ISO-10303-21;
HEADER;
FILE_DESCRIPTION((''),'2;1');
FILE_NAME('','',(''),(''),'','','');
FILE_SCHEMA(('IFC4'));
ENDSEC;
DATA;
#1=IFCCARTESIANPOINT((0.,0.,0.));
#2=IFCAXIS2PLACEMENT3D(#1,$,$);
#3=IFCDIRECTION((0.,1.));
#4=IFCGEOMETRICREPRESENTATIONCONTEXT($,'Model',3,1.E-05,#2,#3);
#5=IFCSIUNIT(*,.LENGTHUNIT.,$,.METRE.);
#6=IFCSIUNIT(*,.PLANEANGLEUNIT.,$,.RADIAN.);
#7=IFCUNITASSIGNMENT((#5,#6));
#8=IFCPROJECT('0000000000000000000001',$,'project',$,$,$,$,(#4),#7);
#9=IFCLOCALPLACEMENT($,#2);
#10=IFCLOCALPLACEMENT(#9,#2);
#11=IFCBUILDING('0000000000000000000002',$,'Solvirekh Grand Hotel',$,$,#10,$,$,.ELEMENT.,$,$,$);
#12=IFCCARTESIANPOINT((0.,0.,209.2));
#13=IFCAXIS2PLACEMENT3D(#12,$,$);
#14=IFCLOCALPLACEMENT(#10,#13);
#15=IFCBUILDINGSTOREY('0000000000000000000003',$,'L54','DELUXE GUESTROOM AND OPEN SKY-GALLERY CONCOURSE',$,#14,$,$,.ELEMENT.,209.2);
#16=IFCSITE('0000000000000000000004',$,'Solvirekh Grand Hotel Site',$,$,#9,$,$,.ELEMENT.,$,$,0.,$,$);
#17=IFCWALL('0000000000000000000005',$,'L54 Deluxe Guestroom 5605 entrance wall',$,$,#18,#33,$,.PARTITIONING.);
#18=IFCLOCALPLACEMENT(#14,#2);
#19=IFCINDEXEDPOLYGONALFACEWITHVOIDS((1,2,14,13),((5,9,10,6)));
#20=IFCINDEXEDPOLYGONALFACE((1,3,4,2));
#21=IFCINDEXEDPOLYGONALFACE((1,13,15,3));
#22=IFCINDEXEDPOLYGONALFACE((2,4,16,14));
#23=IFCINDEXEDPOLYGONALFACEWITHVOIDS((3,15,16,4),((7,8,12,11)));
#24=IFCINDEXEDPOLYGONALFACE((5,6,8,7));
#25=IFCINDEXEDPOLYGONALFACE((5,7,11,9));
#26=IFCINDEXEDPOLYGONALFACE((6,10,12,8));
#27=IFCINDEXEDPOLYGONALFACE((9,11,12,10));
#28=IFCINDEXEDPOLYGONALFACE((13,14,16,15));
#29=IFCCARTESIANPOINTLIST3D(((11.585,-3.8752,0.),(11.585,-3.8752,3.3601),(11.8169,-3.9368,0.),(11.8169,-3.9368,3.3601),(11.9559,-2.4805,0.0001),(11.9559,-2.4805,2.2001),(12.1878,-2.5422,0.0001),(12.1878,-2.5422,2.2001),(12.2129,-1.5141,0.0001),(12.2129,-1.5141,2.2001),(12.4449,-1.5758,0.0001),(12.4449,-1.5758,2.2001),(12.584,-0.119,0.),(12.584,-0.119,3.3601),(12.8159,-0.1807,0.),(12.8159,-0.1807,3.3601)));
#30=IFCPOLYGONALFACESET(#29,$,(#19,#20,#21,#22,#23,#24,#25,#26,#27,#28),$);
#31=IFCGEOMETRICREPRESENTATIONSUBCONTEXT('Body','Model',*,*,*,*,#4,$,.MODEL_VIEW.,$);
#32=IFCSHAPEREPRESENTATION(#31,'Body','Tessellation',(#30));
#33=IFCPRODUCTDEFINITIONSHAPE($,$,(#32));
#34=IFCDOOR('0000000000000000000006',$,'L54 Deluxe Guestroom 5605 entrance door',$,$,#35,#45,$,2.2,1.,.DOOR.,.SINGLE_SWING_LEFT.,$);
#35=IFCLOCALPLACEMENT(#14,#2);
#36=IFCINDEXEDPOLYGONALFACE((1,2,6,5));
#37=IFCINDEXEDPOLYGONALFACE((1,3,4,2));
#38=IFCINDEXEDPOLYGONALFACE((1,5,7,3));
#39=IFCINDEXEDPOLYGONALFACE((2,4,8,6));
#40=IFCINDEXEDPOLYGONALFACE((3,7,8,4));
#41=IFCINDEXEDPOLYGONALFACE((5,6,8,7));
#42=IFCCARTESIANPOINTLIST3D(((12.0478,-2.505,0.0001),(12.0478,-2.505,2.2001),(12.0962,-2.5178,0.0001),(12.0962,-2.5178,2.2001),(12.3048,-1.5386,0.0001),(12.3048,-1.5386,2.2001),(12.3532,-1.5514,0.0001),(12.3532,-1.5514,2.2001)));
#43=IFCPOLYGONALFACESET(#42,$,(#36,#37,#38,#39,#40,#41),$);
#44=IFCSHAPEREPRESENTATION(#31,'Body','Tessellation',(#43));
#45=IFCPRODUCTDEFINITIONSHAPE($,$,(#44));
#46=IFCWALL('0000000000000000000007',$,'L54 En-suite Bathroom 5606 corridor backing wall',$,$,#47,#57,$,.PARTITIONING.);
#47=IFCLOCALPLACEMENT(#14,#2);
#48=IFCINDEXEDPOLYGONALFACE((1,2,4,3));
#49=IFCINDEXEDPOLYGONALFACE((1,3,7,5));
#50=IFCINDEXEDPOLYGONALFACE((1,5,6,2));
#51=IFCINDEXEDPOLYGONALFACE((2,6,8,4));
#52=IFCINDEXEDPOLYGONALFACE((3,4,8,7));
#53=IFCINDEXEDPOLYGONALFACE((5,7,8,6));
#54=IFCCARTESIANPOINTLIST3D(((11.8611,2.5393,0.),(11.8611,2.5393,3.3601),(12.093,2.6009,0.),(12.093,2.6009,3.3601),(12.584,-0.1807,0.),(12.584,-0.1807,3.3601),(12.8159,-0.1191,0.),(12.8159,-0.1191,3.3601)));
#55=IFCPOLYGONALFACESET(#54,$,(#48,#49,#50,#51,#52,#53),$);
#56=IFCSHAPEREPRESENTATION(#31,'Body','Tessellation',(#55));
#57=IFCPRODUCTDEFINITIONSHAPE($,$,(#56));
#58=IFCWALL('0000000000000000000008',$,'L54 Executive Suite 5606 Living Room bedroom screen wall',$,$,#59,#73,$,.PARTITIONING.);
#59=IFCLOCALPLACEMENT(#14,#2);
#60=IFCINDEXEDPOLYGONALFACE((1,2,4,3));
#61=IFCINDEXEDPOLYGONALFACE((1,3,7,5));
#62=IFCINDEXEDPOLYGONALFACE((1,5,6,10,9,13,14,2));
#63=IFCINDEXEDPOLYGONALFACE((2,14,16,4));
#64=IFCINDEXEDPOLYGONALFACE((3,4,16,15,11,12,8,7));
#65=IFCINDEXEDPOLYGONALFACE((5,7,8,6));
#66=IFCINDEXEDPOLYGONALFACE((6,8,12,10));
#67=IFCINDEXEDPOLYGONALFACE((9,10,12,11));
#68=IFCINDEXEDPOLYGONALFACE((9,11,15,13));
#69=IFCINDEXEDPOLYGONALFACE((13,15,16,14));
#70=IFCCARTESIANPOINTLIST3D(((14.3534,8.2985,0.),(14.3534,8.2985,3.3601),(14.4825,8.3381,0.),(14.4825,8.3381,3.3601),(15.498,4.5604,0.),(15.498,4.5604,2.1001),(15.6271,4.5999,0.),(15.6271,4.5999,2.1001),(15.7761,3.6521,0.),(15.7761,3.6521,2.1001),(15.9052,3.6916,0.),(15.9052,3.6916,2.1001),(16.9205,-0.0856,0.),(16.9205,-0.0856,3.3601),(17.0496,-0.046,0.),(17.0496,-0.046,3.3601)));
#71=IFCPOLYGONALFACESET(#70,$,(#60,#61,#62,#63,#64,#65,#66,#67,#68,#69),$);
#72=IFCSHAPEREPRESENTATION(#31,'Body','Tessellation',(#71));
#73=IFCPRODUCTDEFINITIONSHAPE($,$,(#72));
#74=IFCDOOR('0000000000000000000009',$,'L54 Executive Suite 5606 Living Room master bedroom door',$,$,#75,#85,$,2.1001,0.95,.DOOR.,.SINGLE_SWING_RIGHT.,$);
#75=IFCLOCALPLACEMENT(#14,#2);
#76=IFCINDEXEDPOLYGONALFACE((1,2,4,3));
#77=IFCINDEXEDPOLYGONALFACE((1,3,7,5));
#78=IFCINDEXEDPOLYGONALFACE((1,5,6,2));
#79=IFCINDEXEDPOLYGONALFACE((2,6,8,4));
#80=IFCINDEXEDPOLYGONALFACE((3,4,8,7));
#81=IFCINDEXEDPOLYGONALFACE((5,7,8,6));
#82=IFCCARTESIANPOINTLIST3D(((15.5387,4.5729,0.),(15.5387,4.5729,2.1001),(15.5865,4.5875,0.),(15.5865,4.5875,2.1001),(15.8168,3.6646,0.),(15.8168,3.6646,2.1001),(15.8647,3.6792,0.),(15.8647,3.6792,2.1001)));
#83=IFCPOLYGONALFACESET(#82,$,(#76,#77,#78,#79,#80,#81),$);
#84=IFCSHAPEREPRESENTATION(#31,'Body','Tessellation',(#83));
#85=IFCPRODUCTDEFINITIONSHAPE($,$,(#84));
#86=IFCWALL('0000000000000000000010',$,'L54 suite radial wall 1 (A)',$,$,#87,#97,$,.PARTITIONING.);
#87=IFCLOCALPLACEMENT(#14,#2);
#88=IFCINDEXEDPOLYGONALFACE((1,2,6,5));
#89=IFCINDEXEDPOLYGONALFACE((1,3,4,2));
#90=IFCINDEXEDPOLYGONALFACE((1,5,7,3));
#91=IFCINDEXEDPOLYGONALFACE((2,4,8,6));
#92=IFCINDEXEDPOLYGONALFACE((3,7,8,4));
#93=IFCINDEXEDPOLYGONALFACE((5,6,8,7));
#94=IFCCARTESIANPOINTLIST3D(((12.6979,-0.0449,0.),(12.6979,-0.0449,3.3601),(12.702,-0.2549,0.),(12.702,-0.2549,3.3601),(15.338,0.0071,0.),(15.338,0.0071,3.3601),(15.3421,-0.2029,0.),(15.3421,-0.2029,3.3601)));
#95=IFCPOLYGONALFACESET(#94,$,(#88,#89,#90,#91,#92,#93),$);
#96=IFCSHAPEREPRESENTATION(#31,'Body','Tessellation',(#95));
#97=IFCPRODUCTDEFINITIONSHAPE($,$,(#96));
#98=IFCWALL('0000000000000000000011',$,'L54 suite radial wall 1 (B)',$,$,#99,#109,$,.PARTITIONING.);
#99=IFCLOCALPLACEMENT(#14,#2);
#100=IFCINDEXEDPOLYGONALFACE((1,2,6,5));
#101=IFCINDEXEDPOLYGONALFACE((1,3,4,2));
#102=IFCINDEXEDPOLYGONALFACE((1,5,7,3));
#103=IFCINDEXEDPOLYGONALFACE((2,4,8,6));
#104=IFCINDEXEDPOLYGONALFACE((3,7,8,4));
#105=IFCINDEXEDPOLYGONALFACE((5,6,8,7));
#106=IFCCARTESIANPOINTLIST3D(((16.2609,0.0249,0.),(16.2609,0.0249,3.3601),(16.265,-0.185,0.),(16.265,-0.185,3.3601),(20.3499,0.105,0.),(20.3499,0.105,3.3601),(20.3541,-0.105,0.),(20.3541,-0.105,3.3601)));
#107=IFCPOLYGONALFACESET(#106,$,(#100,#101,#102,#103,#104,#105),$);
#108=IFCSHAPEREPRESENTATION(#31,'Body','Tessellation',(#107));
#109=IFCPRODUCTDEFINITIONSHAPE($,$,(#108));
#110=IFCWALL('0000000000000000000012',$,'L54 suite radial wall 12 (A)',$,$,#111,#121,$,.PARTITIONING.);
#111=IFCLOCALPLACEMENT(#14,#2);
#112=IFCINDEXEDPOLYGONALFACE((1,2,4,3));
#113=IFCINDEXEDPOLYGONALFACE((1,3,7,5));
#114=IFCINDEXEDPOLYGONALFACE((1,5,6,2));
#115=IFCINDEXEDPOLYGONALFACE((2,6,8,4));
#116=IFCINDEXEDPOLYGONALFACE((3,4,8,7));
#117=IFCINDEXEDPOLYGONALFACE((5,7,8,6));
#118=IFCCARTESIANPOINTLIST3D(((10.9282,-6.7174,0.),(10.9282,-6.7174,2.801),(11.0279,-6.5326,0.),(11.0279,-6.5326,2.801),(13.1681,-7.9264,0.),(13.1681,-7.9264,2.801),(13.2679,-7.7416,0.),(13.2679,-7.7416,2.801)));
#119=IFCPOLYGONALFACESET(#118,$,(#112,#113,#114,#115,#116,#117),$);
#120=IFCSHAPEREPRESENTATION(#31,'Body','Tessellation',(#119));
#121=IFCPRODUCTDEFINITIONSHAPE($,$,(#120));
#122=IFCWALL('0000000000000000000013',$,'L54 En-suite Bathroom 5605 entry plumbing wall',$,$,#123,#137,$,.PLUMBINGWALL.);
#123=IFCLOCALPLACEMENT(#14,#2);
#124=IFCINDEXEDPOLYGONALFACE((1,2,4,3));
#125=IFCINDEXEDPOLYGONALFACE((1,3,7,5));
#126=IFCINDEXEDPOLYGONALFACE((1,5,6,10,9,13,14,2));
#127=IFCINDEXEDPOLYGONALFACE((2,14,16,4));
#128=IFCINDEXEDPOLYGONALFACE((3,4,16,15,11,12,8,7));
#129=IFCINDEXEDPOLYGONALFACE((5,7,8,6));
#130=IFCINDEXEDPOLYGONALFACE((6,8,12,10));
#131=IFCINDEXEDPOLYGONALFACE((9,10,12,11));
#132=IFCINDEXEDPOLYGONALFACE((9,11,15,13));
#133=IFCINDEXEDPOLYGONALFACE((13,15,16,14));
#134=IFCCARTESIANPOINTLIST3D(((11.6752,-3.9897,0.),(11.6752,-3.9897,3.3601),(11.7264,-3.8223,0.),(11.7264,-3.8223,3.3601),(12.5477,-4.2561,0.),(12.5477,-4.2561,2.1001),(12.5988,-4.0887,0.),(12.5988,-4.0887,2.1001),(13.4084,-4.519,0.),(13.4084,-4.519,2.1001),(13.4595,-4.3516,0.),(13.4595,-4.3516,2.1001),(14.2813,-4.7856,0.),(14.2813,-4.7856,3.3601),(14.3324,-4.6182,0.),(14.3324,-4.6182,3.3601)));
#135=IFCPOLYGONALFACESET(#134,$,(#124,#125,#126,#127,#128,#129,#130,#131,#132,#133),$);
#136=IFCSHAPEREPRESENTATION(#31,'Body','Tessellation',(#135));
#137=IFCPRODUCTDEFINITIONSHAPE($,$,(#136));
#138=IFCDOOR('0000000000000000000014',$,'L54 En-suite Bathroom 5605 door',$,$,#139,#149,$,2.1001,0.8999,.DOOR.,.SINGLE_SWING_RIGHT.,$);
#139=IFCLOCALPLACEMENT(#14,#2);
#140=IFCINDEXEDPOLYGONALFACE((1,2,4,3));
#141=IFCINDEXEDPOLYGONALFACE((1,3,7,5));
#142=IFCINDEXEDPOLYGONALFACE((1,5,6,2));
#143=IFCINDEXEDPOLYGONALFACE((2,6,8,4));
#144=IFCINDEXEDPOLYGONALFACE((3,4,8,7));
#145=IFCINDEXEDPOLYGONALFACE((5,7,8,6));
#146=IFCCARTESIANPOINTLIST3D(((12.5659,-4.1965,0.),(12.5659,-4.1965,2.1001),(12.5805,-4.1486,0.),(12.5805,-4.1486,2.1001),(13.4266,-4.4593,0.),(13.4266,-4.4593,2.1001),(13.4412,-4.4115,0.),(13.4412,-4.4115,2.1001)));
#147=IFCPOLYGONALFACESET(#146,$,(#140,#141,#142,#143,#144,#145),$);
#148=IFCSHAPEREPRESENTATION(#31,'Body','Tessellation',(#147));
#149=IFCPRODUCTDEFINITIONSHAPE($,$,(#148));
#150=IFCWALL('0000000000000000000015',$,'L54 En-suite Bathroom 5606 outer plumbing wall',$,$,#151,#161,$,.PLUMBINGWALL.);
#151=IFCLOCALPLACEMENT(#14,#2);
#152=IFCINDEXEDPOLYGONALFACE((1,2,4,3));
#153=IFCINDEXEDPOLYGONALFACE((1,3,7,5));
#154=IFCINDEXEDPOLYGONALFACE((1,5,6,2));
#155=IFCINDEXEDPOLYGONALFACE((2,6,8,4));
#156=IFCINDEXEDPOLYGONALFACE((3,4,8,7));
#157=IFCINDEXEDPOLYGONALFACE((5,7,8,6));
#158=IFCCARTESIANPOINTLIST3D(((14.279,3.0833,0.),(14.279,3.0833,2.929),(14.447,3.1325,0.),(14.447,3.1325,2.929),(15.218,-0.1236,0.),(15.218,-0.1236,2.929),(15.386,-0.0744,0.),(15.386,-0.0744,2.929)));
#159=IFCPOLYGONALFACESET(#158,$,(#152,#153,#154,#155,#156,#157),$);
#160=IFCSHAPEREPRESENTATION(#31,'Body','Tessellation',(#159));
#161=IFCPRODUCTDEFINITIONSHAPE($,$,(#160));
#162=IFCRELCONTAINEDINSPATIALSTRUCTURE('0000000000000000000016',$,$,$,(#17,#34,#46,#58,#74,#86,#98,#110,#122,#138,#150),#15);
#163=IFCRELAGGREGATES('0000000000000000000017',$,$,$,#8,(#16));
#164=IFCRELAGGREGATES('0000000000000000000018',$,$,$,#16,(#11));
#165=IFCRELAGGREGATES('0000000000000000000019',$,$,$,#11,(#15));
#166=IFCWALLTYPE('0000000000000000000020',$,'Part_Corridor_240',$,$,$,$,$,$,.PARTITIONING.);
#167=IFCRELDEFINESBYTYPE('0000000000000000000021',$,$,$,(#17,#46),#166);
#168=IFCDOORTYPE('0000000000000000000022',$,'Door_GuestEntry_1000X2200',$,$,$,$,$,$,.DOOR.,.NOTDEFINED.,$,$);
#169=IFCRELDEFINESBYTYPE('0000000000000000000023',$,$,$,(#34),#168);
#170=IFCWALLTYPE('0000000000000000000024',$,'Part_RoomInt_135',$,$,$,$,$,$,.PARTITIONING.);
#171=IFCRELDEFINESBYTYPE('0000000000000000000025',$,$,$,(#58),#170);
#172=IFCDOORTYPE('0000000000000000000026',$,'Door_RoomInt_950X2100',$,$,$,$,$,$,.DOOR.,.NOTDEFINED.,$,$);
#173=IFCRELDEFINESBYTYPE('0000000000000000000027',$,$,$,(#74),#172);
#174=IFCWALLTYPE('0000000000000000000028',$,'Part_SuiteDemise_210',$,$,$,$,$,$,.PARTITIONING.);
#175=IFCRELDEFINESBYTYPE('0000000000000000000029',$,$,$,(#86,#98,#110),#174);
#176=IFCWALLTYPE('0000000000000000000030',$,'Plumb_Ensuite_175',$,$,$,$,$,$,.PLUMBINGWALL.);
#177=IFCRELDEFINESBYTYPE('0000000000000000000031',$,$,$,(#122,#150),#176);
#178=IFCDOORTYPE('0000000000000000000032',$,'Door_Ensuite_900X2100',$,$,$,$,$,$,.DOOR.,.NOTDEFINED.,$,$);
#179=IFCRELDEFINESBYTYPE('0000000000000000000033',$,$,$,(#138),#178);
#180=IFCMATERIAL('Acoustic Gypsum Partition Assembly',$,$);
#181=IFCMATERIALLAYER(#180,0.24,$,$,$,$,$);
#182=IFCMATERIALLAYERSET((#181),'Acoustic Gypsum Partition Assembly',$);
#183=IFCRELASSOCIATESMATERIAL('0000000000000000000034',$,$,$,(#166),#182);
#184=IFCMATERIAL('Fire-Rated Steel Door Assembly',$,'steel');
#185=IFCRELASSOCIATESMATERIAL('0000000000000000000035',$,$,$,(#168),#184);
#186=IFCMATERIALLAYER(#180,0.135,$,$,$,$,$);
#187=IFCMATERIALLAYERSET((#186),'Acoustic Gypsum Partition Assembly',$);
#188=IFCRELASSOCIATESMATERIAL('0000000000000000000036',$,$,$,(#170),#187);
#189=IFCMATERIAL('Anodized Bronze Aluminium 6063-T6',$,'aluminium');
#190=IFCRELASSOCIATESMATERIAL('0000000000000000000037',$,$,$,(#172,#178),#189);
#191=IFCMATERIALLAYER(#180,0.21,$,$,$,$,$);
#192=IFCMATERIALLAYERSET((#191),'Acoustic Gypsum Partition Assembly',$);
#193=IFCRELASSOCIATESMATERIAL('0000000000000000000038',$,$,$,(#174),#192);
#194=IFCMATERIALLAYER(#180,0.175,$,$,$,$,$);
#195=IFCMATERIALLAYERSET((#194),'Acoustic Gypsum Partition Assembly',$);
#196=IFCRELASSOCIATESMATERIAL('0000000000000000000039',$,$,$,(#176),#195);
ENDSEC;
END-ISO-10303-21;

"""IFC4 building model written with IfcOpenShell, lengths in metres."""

from ifc_helpers import new_model, si_unit, direction, frame, frame_2d, origin, place, context, subcontext, project, spatial, rectangle, extrude, material, layer, layer_set, type_object, element, fill, save


model = new_model("IFC4")

# Units and contexts
model_context = context("Model", 3, precision=1e-05, world=origin(), true_north=direction((0.0, 1.0)))
body_context = subcontext(model_context, "Body", "Model", "MODEL_VIEW")
ifc_project = project(units=[si_unit("LENGTHUNIT", "METRE"), si_unit("PLANEANGLEUNIT", "RADIAN")], contexts=[model_context])

# Site, building, storey
site_placement = place(None, origin())
site = spatial("IfcSite", under=ifc_project, at=site_placement, Name="Solvirekh Grand Hotel Site", CompositionType="ELEMENT", RefElevation=0.0)
building_placement = place(site_placement, origin())
building = spatial("IfcBuilding", under=site, at=building_placement, Name="Solvirekh Grand Hotel", CompositionType="ELEMENT")
storey_placement = place(building_placement, frame((0.0, 0.0, 209.2)))
storey = spatial("IfcBuildingStorey", under=building, at=storey_placement, Name="L54", Description="DELUXE GUESTROOM AND OPEN SKY-GALLERY CONCOURSE", CompositionType="ELEMENT", Elevation=209.2)

# Shared definitions
ifc_material_1 = material(Name="Anodized Bronze Aluminium 6063-T6", Category="aluminium")

# Shared definitions
ifc_material_2 = material(Name="Acoustic Gypsum Partition Assembly")
ifc_layer_1 = layer(ifc_material_2, 0.24)
ifc_layer_set_1 = layer_set([ifc_layer_1], Name="Acoustic Gypsum Partition Assembly")
wall_type_1 = type_object("IfcWallType", Name="Part_Corridor_240", PredefinedType="PARTITIONING", material=ifc_layer_set_1)
ifc_material_3 = material(Name="Fire-Rated Steel Door Assembly", Category="steel")

# Wall, opening, door
wall_1_placement = place(storey_placement, frame((11.7009, -3.906, 0.0), z_axis=(0.0, 0.0, 1.0), x_axis=(0.257037, 0.966402, 0.0)))
wall_1 = element("IfcWall", 1, at=wall_1_placement, inside=storey, type_object=wall_type_1, Name="L54 Deluxe Guestroom 5605 entrance wall", PredefinedType="PARTITIONING", context=body_context, shape_type="SweptSolid", body=[
    extrude(rectangle(XDim=3.8867, YDim=0.24, at=frame_2d((1.9434, 0.0))), origin(), (0.0, 0.0, 1.0), 3.3601),
])
opening_1_placement = place(wall_1_placement, frame((1.4431, 0.0, 0.0)))
opening_1 = element("IfcOpeningElement", 2, at=opening_1_placement, cuts=wall_1, PredefinedType="OPENING", context=body_context, shape_type="SweptSolid", body=[
    extrude(rectangle(XDim=1.0, YDim=2.2, at=frame_2d((0.5, 1.1001))), frame((0.0, 0.1299, 0.0), z_axis=(0.0, -1.0, 0.0), x_axis=(1.0, 0.0, 0.0)), (0.0, 0.0, 1.0), 0.26),
])
door_type_1 = type_object("IfcDoorType", Name="Door_GuestEntry_1000X2200", OperationType="NOTDEFINED", PredefinedType="DOOR", material=ifc_material_3)
door_1_placement = place(opening_1_placement, origin())
door_1 = element("IfcDoor", 3, at=door_1_placement, inside=storey, type_object=door_type_1, Name="L54 Deluxe Guestroom 5605 entrance door", OperationType="SINGLE_SWING_LEFT", OverallHeight=2.2, OverallWidth=1.0, PredefinedType="DOOR", context=body_context, shape_type="SweptSolid", body=[
    extrude(rectangle(XDim=1.0, YDim=2.2, at=frame_2d((0.5, 1.1001))), frame((0.0, 0.0249, 0.0), z_axis=(0.0, -1.0, 0.0), x_axis=(1.0, 0.0, 0.0)), (0.0, 0.0, 1.0), 0.05),
])
fill(opening_1, door_1)

# Wall
wall_2_placement = place(storey_placement, frame((12.7, -0.1499, 0.0), z_axis=(0.0, 0.0, 1.0), x_axis=(-0.256858, 0.966449, 0.0)))
element("IfcWall", 4, at=wall_2_placement, inside=storey, type_object=wall_type_1, Name="L54 En-suite Bathroom 5606 corridor backing wall", PredefinedType="PARTITIONING", context=body_context, shape_type="SweptSolid", body=[
    extrude(rectangle(XDim=2.8145, YDim=0.24, at=frame_2d((1.4072, 0.0))), origin(), (0.0, 0.0, 1.0), 3.3601),
])

# Wall, opening, door
ifc_layer_2 = layer(ifc_material_2, 0.135)
ifc_layer_set_2 = layer_set([ifc_layer_2], Name="Acoustic Gypsum Partition Assembly")
wall_type_2 = type_object("IfcWallType", Name="Part_RoomInt_135", PredefinedType="PARTITIONING", material=ifc_layer_set_2)
wall_3_placement = place(storey_placement, frame((16.9851, -0.0659, 0.0), z_axis=(0.0, 0.0, 1.0), x_axis=(-0.292777, 0.956181, 0.0)))
wall_3 = element("IfcWall", 5, at=wall_3_placement, inside=storey, type_object=wall_type_2, Name="L54 Executive Suite 5606 Living Room bedroom screen wall", PredefinedType="PARTITIONING", context=body_context, shape_type="SweptSolid", body=[
    extrude(rectangle(XDim=8.7683, YDim=0.135, at=frame_2d((4.3843, 0.0))), origin(), (0.0, 0.0, 1.0), 3.3601),
])
opening_2_placement = place(wall_3_placement, frame((3.9089, 0.0, 0.0)))
opening_2 = element("IfcOpeningElement", 6, at=opening_2_placement, cuts=wall_3, PredefinedType="OPENING", context=body_context, shape_type="SweptSolid", body=[
    extrude(rectangle(XDim=0.95, YDim=2.1001, at=frame_2d((0.4751, 1.05))), frame((0.0, 0.0776, 0.0), z_axis=(0.0, -1.0, 0.0), x_axis=(1.0, 0.0, 0.0)), (0.0, 0.0, 1.0), 0.155),
])
door_type_2 = type_object("IfcDoorType", Name="Door_RoomInt_950X2100", OperationType="NOTDEFINED", PredefinedType="DOOR", material=ifc_material_1)
door_2_placement = place(opening_2_placement, origin())
door_2 = element("IfcDoor", 7, at=door_2_placement, inside=storey, type_object=door_type_2, Name="L54 Executive Suite 5606 Living Room master bedroom door", OperationType="SINGLE_SWING_RIGHT", OverallHeight=2.1001, OverallWidth=0.95, PredefinedType="DOOR", context=body_context, shape_type="SweptSolid", body=[
    extrude(rectangle(XDim=0.95, YDim=2.1001, at=frame_2d((0.4751, 1.05))), frame((0.0, 0.0249, 0.0), z_axis=(0.0, -1.0, 0.0), x_axis=(1.0, 0.0, 0.0)), (0.0, 0.0, 1.0), 0.05),
])
fill(opening_2, door_2)

# Walls
ifc_layer_3 = layer(ifc_material_2, 0.21)
ifc_layer_set_3 = layer_set([ifc_layer_3], Name="Acoustic Gypsum Partition Assembly")
wall_type_3 = type_object("IfcWallType", Name="Part_SuiteDemise_210", PredefinedType="PARTITIONING", material=ifc_layer_set_3)
wall_4_placement = place(storey_placement, frame((12.7, -0.1499, 0.0), z_axis=(0.0, 0.0, 1.0), x_axis=(0.999806, 0.019693, 0.0)))
element("IfcWall", 8, at=wall_4_placement, inside=storey, type_object=wall_type_3, Name="L54 suite radial wall 1 (A)", PredefinedType="PARTITIONING", context=body_context, shape_type="SweptSolid", body=[
    extrude(rectangle(XDim=2.6406, YDim=0.21, at=frame_2d((1.3203, 0.0))), origin(), (0.0, 0.0, 1.0), 3.3601),
])
wall_5_placement = place(storey_placement, frame((16.2629, -0.0801, 0.0), z_axis=(0.0, 0.0, 1.0), x_axis=(0.999808, 0.01958, 0.0)))
element("IfcWall", 9, at=wall_5_placement, inside=storey, type_object=wall_type_3, Name="L54 suite radial wall 1 (B)", PredefinedType="PARTITIONING", context=body_context, shape_type="SweptSolid", body=[
    extrude(rectangle(XDim=4.0898, YDim=0.21, at=frame_2d((2.0449, 0.0))), origin(), (0.0, 0.0, 1.0), 3.3601),
])
wall_6_placement = place(storey_placement, frame((10.978, -6.625, 0.0), z_axis=(0.0, 0.0, 1.0), x_axis=(0.880006, -0.474963, 0.0)))
element("IfcWall", 10, at=wall_6_placement, inside=storey, type_object=wall_type_3, Name="L54 suite radial wall 12 (A)", PredefinedType="PARTITIONING", context=body_context, shape_type="SweptSolid", body=[
    extrude(rectangle(XDim=2.5454, YDim=0.21, at=frame_2d((1.2727, 0.0))), origin(), (0.0, 0.0, 1.0), 2.801),
])

# Wall, opening, door
ifc_layer_4 = layer(ifc_material_2, 0.175)
ifc_layer_set_4 = layer_set([ifc_layer_4], Name="Acoustic Gypsum Partition Assembly")
wall_type_4 = type_object("IfcWallType", Name="Plumb_Ensuite_175", PredefinedType="PLUMBINGWALL", material=ifc_layer_set_4)
wall_7_placement = place(storey_placement, frame((11.7009, -3.906, 0.0), z_axis=(0.0, 0.0, 1.0), x_axis=(0.956389, -0.292096, 0.0)))
wall_7 = element("IfcWall", 11, at=wall_7_placement, inside=storey, type_object=wall_type_4, Name="L54 En-suite Bathroom 5605 entry plumbing wall", PredefinedType="PLUMBINGWALL", context=body_context, shape_type="SweptSolid", body=[
    extrude(rectangle(XDim=2.7249, YDim=0.175, at=frame_2d((1.3623, 0.0))), origin(), (0.0, 0.0, 1.0), 3.3601),
])
opening_3_placement = place(wall_7_placement, frame((0.9121, 0.0, 0.0)))
opening_3 = element("IfcOpeningElement", 12, at=opening_3_placement, cuts=wall_7, PredefinedType="OPENING", context=body_context, shape_type="SweptSolid", body=[
    extrude(rectangle(XDim=0.8999, YDim=2.1001, at=frame_2d((0.45, 1.05))), frame((0.0, 0.0977, 0.0), z_axis=(0.0, -1.0, 0.0), x_axis=(1.0, 0.0, 0.0)), (0.0, 0.0, 1.0), 0.1951),
])
door_type_3 = type_object("IfcDoorType", Name="Door_Ensuite_900X2100", OperationType="NOTDEFINED", PredefinedType="DOOR", material=ifc_material_1)
door_3_placement = place(opening_3_placement, origin())
door_3 = element("IfcDoor", 13, at=door_3_placement, inside=storey, type_object=door_type_3, Name="L54 En-suite Bathroom 5605 door", OperationType="SINGLE_SWING_RIGHT", OverallHeight=2.1001, OverallWidth=0.8999, PredefinedType="DOOR", context=body_context, shape_type="SweptSolid", body=[
    extrude(rectangle(XDim=0.8999, YDim=2.1001, at=frame_2d((0.45, 1.05))), frame((0.0, 0.0249, 0.0), z_axis=(0.0, -1.0, 0.0), x_axis=(1.0, 0.0, 0.0)), (0.0, 0.0, 1.0), 0.05),
])
fill(opening_3, door_3)

# Wall
wall_8_placement = place(storey_placement, frame((15.302, -0.0991, 0.0), z_axis=(0.0, 0.0, 1.0), x_axis=(-0.280987, 0.959711, 0.0)))
element("IfcWall", 14, at=wall_8_placement, inside=storey, type_object=wall_type_4, Name="L54 En-suite Bathroom 5606 outer plumbing wall", PredefinedType="PLUMBINGWALL", context=body_context, shape_type="SweptSolid", body=[
    extrude(rectangle(XDim=3.3416, YDim=0.175, at=frame_2d((1.6709, 0.0))), origin(), (0.0, 0.0, 1.0), 2.929),
])

save(model, "model.ifc")
